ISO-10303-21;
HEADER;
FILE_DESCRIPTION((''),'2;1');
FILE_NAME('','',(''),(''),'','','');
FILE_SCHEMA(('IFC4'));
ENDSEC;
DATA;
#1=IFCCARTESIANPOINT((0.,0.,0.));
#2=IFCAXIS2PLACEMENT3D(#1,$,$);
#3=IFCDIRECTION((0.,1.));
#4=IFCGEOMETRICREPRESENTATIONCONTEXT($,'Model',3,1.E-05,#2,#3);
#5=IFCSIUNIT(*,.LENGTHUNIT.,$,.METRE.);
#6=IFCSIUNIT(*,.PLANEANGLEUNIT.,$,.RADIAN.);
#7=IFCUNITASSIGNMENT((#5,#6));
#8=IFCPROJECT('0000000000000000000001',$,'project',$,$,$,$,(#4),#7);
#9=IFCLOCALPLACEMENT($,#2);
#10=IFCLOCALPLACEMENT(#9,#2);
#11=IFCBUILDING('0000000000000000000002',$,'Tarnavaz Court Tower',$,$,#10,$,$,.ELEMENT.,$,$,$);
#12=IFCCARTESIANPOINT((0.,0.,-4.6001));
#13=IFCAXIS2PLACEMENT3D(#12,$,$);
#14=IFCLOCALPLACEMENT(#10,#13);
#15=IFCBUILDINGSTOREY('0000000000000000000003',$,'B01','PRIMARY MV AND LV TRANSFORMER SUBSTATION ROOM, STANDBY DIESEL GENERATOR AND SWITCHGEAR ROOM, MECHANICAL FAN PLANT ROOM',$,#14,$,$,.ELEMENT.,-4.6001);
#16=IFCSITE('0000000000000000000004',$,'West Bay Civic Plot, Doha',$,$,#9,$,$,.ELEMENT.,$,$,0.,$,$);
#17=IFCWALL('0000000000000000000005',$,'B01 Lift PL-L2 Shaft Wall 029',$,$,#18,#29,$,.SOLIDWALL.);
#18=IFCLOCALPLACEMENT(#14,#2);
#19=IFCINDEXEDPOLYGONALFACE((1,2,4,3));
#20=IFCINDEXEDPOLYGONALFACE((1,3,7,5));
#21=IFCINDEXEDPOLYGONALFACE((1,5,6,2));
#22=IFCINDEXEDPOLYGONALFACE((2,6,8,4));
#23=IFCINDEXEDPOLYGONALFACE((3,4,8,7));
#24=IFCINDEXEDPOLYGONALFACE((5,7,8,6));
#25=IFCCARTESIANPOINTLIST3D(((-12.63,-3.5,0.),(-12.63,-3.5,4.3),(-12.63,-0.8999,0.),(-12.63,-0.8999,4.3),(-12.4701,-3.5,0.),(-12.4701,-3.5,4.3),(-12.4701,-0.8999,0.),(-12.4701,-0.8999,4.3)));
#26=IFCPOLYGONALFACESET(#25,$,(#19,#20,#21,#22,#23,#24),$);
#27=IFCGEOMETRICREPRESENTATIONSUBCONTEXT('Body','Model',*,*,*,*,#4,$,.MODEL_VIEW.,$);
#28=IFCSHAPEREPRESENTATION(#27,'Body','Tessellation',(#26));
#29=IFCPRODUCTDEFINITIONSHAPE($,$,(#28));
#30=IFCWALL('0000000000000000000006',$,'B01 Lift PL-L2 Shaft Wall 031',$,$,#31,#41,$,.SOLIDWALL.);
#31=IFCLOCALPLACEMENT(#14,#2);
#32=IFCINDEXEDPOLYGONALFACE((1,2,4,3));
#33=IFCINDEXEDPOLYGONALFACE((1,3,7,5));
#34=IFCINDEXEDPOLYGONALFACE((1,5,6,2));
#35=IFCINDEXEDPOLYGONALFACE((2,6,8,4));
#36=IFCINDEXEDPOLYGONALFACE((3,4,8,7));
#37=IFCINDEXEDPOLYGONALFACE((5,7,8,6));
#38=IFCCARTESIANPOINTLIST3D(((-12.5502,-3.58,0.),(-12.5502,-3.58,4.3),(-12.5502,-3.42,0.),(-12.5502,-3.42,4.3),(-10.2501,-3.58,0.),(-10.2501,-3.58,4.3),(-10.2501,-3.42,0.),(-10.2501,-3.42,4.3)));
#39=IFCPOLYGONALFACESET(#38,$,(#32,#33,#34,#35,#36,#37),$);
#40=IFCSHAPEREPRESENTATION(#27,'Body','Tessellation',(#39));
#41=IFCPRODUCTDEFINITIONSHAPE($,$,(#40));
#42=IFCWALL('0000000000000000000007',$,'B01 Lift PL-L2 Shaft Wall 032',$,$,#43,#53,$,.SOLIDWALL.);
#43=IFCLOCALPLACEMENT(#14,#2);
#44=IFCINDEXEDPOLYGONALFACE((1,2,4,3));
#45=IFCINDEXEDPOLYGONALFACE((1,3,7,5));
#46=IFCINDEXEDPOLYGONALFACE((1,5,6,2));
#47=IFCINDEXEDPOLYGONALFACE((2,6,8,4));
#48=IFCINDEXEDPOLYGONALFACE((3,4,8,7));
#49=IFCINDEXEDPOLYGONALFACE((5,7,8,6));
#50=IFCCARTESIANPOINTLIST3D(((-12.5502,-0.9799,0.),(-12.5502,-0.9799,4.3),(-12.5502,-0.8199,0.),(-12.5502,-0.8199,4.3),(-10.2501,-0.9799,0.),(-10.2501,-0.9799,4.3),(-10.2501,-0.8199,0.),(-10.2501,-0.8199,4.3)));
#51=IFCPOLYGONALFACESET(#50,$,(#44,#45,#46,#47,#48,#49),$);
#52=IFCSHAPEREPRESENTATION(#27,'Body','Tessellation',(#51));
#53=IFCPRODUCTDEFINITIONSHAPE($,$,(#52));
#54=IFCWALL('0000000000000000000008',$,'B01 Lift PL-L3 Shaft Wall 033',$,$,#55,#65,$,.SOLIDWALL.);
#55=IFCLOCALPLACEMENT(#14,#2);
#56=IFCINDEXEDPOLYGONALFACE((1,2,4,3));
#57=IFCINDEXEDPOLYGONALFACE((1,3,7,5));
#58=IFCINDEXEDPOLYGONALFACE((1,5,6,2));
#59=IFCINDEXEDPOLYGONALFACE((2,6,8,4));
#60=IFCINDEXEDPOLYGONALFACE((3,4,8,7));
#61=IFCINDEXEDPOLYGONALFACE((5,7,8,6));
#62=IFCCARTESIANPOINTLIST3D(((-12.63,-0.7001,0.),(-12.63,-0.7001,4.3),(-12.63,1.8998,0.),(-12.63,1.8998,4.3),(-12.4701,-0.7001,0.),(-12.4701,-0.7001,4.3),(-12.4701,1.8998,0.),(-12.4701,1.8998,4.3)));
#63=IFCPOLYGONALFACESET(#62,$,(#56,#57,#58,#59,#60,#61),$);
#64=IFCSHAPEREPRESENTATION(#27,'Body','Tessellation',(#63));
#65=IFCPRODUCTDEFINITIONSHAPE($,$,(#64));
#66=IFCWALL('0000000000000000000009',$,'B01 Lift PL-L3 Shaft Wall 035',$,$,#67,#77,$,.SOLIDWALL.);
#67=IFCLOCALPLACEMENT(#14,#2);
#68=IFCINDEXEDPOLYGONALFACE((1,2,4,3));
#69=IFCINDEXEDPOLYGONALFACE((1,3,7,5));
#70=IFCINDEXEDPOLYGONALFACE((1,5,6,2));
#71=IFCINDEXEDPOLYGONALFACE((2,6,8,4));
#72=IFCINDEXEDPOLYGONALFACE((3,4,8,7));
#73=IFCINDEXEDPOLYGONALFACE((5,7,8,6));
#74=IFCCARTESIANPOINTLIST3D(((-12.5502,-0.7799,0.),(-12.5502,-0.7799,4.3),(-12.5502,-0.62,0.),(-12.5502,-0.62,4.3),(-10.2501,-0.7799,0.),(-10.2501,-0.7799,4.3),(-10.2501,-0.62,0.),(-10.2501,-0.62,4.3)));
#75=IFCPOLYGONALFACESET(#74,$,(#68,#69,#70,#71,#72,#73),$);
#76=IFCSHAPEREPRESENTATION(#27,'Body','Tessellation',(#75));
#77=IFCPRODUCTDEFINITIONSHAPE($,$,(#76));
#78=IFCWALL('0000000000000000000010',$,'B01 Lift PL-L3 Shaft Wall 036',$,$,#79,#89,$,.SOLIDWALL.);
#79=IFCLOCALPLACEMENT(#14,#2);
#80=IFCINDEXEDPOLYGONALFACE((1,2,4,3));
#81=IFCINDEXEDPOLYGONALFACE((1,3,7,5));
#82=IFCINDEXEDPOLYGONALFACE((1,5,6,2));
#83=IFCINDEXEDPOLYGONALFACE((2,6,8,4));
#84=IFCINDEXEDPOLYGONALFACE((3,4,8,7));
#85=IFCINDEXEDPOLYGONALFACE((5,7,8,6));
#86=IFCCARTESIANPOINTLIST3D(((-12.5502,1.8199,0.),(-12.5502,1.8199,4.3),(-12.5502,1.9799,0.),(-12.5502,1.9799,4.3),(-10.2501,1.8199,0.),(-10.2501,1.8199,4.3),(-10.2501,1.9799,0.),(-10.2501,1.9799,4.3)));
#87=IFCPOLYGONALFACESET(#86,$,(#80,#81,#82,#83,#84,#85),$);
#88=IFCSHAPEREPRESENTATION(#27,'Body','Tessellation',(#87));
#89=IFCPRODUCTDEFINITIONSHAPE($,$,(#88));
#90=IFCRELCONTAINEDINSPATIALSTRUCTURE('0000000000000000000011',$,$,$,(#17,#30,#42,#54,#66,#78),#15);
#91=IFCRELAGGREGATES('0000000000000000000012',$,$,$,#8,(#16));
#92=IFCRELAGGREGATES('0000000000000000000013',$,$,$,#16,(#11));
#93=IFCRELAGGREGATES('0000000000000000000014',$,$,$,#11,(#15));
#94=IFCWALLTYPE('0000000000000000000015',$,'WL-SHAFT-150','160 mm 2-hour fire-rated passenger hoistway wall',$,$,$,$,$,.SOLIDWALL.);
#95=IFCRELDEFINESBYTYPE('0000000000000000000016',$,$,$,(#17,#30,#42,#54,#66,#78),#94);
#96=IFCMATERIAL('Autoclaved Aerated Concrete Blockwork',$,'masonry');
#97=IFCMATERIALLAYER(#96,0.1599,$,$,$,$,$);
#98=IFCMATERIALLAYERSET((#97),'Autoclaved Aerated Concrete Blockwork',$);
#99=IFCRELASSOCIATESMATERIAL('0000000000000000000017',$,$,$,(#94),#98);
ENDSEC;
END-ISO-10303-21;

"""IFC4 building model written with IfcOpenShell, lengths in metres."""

from ifc_helpers import new_model, si_unit, direction, frame, frame_2d, origin, place, context, subcontext, project, spatial, rectangle, extrude, material, layer, layer_set, type_object, element, save


model = new_model("IFC4")

# Units and contexts
model_context = context("Model", 3, precision=1e-05, world=origin(), true_north=direction((0.0, 1.0)))
body_context = subcontext(model_context, "Body", "Model", "MODEL_VIEW")
ifc_project = project(units=[si_unit("LENGTHUNIT", "METRE"), si_unit("PLANEANGLEUNIT", "RADIAN")], contexts=[model_context])

# Site, building, storey
site_placement = place(None, origin())
site = spatial("IfcSite", under=ifc_project, at=site_placement, Name="West Bay Civic Plot, Doha", CompositionType="ELEMENT", RefElevation=0.0)
building_placement = place(site_placement, origin())
building = spatial("IfcBuilding", under=site, at=building_placement, Name="Tarnavaz Court Tower", CompositionType="ELEMENT")
storey_placement = place(building_placement, frame((0.0, 0.0, -4.6001)))
storey = spatial("IfcBuildingStorey", under=building, at=storey_placement, Name="B01", Description="PRIMARY MV AND LV TRANSFORMER SUBSTATION ROOM, STANDBY DIESEL GENERATOR AND SWITCHGEAR ROOM, MECHANICAL FAN PLANT ROOM", CompositionType="ELEMENT", Elevation=-4.6001)

# Shared definitions
ifc_material_1 = material(Name="Autoclaved Aerated Concrete Blockwork", Category="masonry")
ifc_layer_1 = layer(ifc_material_1, 0.1599)
ifc_layer_set_1 = layer_set([ifc_layer_1], Name="Autoclaved Aerated Concrete Blockwork")
wall_type_1 = type_object("IfcWallType", Name="WL-SHAFT-150", Description="160 mm 2-hour fire-rated passenger hoistway wall", PredefinedType="SOLIDWALL", material=ifc_layer_set_1)

# Wall
wall_1_placement = place(storey_placement, frame((-12.55, -3.5, 0.0), z_axis=(0.0, 0.0, 1.0), x_axis=(0.0, 1.0, 0.0)))
element("IfcWall", 1, at=wall_1_placement, inside=storey, type_object=wall_type_1, Name="B01 Lift PL-L2 Shaft Wall 029", PredefinedType="SOLIDWALL", context=body_context, shape_type="SweptSolid", body=[
    extrude(rectangle(XDim=2.6001, YDim=0.1599, at=frame_2d((1.3, 0.0))), origin(), (0.0, 0.0, 1.0), 4.3),
])

# Walls
for number, where, z_axis, x_axis, name in (
    (2, (-12.55, -3.5, 0.0), (0.0, 0.0, 1.0), (1.0, 0.0, 0.0), "B01 Lift PL-L2 Shaft Wall 031"),
    (3, (-12.55, -0.8999, 0.0), (0.0, 0.0, 1.0), (1.0, 0.0, 0.0), "B01 Lift PL-L2 Shaft Wall 032"),
):
    element("IfcWall", number, at=place(storey_placement, frame(where, z_axis=z_axis, x_axis=x_axis)), inside=storey, type_object=wall_type_1, Name=name, PredefinedType="SOLIDWALL", context=body_context, shape_type="SweptSolid", body=[
        extrude(rectangle(XDim=2.3, YDim=0.1599, at=frame_2d((1.1499, 0.0))), origin(), (0.0, 0.0, 1.0), 4.3),
    ])
wall_2_placement = place(storey_placement, frame((-12.55, -0.7, 0.0), z_axis=(0.0, 0.0, 1.0), x_axis=(0.0, 1.0, 0.0)))
element("IfcWall", 4, at=wall_2_placement, inside=storey, type_object=wall_type_1, Name="B01 Lift PL-L3 Shaft Wall 033", PredefinedType="SOLIDWALL", context=body_context, shape_type="SweptSolid", body=[
    extrude(rectangle(XDim=2.5999, YDim=0.1599, at=frame_2d((1.2998, 0.0))), origin(), (0.0, 0.0, 1.0), 4.3),
])

# Walls
for number, where, z_axis, x_axis, name in (
    (5, (-12.55, -0.7, 0.0), (0.0, 0.0, 1.0), (1.0, 0.0, 0.0), "B01 Lift PL-L3 Shaft Wall 035"),
    (6, (-12.55, 1.8999, 0.0), (0.0, 0.0, 1.0), (1.0, 0.0, 0.0), "B01 Lift PL-L3 Shaft Wall 036"),
):
    element("IfcWall", number, at=place(storey_placement, frame(where, z_axis=z_axis, x_axis=x_axis)), inside=storey, type_object=wall_type_1, Name=name, PredefinedType="SOLIDWALL", context=body_context, shape_type="SweptSolid", body=[
        extrude(rectangle(XDim=2.3, YDim=0.1599, at=frame_2d((1.1499, 0.0))), origin(), (0.0, 0.0, 1.0), 4.3),
    ])

save(model, "model.ifc")
